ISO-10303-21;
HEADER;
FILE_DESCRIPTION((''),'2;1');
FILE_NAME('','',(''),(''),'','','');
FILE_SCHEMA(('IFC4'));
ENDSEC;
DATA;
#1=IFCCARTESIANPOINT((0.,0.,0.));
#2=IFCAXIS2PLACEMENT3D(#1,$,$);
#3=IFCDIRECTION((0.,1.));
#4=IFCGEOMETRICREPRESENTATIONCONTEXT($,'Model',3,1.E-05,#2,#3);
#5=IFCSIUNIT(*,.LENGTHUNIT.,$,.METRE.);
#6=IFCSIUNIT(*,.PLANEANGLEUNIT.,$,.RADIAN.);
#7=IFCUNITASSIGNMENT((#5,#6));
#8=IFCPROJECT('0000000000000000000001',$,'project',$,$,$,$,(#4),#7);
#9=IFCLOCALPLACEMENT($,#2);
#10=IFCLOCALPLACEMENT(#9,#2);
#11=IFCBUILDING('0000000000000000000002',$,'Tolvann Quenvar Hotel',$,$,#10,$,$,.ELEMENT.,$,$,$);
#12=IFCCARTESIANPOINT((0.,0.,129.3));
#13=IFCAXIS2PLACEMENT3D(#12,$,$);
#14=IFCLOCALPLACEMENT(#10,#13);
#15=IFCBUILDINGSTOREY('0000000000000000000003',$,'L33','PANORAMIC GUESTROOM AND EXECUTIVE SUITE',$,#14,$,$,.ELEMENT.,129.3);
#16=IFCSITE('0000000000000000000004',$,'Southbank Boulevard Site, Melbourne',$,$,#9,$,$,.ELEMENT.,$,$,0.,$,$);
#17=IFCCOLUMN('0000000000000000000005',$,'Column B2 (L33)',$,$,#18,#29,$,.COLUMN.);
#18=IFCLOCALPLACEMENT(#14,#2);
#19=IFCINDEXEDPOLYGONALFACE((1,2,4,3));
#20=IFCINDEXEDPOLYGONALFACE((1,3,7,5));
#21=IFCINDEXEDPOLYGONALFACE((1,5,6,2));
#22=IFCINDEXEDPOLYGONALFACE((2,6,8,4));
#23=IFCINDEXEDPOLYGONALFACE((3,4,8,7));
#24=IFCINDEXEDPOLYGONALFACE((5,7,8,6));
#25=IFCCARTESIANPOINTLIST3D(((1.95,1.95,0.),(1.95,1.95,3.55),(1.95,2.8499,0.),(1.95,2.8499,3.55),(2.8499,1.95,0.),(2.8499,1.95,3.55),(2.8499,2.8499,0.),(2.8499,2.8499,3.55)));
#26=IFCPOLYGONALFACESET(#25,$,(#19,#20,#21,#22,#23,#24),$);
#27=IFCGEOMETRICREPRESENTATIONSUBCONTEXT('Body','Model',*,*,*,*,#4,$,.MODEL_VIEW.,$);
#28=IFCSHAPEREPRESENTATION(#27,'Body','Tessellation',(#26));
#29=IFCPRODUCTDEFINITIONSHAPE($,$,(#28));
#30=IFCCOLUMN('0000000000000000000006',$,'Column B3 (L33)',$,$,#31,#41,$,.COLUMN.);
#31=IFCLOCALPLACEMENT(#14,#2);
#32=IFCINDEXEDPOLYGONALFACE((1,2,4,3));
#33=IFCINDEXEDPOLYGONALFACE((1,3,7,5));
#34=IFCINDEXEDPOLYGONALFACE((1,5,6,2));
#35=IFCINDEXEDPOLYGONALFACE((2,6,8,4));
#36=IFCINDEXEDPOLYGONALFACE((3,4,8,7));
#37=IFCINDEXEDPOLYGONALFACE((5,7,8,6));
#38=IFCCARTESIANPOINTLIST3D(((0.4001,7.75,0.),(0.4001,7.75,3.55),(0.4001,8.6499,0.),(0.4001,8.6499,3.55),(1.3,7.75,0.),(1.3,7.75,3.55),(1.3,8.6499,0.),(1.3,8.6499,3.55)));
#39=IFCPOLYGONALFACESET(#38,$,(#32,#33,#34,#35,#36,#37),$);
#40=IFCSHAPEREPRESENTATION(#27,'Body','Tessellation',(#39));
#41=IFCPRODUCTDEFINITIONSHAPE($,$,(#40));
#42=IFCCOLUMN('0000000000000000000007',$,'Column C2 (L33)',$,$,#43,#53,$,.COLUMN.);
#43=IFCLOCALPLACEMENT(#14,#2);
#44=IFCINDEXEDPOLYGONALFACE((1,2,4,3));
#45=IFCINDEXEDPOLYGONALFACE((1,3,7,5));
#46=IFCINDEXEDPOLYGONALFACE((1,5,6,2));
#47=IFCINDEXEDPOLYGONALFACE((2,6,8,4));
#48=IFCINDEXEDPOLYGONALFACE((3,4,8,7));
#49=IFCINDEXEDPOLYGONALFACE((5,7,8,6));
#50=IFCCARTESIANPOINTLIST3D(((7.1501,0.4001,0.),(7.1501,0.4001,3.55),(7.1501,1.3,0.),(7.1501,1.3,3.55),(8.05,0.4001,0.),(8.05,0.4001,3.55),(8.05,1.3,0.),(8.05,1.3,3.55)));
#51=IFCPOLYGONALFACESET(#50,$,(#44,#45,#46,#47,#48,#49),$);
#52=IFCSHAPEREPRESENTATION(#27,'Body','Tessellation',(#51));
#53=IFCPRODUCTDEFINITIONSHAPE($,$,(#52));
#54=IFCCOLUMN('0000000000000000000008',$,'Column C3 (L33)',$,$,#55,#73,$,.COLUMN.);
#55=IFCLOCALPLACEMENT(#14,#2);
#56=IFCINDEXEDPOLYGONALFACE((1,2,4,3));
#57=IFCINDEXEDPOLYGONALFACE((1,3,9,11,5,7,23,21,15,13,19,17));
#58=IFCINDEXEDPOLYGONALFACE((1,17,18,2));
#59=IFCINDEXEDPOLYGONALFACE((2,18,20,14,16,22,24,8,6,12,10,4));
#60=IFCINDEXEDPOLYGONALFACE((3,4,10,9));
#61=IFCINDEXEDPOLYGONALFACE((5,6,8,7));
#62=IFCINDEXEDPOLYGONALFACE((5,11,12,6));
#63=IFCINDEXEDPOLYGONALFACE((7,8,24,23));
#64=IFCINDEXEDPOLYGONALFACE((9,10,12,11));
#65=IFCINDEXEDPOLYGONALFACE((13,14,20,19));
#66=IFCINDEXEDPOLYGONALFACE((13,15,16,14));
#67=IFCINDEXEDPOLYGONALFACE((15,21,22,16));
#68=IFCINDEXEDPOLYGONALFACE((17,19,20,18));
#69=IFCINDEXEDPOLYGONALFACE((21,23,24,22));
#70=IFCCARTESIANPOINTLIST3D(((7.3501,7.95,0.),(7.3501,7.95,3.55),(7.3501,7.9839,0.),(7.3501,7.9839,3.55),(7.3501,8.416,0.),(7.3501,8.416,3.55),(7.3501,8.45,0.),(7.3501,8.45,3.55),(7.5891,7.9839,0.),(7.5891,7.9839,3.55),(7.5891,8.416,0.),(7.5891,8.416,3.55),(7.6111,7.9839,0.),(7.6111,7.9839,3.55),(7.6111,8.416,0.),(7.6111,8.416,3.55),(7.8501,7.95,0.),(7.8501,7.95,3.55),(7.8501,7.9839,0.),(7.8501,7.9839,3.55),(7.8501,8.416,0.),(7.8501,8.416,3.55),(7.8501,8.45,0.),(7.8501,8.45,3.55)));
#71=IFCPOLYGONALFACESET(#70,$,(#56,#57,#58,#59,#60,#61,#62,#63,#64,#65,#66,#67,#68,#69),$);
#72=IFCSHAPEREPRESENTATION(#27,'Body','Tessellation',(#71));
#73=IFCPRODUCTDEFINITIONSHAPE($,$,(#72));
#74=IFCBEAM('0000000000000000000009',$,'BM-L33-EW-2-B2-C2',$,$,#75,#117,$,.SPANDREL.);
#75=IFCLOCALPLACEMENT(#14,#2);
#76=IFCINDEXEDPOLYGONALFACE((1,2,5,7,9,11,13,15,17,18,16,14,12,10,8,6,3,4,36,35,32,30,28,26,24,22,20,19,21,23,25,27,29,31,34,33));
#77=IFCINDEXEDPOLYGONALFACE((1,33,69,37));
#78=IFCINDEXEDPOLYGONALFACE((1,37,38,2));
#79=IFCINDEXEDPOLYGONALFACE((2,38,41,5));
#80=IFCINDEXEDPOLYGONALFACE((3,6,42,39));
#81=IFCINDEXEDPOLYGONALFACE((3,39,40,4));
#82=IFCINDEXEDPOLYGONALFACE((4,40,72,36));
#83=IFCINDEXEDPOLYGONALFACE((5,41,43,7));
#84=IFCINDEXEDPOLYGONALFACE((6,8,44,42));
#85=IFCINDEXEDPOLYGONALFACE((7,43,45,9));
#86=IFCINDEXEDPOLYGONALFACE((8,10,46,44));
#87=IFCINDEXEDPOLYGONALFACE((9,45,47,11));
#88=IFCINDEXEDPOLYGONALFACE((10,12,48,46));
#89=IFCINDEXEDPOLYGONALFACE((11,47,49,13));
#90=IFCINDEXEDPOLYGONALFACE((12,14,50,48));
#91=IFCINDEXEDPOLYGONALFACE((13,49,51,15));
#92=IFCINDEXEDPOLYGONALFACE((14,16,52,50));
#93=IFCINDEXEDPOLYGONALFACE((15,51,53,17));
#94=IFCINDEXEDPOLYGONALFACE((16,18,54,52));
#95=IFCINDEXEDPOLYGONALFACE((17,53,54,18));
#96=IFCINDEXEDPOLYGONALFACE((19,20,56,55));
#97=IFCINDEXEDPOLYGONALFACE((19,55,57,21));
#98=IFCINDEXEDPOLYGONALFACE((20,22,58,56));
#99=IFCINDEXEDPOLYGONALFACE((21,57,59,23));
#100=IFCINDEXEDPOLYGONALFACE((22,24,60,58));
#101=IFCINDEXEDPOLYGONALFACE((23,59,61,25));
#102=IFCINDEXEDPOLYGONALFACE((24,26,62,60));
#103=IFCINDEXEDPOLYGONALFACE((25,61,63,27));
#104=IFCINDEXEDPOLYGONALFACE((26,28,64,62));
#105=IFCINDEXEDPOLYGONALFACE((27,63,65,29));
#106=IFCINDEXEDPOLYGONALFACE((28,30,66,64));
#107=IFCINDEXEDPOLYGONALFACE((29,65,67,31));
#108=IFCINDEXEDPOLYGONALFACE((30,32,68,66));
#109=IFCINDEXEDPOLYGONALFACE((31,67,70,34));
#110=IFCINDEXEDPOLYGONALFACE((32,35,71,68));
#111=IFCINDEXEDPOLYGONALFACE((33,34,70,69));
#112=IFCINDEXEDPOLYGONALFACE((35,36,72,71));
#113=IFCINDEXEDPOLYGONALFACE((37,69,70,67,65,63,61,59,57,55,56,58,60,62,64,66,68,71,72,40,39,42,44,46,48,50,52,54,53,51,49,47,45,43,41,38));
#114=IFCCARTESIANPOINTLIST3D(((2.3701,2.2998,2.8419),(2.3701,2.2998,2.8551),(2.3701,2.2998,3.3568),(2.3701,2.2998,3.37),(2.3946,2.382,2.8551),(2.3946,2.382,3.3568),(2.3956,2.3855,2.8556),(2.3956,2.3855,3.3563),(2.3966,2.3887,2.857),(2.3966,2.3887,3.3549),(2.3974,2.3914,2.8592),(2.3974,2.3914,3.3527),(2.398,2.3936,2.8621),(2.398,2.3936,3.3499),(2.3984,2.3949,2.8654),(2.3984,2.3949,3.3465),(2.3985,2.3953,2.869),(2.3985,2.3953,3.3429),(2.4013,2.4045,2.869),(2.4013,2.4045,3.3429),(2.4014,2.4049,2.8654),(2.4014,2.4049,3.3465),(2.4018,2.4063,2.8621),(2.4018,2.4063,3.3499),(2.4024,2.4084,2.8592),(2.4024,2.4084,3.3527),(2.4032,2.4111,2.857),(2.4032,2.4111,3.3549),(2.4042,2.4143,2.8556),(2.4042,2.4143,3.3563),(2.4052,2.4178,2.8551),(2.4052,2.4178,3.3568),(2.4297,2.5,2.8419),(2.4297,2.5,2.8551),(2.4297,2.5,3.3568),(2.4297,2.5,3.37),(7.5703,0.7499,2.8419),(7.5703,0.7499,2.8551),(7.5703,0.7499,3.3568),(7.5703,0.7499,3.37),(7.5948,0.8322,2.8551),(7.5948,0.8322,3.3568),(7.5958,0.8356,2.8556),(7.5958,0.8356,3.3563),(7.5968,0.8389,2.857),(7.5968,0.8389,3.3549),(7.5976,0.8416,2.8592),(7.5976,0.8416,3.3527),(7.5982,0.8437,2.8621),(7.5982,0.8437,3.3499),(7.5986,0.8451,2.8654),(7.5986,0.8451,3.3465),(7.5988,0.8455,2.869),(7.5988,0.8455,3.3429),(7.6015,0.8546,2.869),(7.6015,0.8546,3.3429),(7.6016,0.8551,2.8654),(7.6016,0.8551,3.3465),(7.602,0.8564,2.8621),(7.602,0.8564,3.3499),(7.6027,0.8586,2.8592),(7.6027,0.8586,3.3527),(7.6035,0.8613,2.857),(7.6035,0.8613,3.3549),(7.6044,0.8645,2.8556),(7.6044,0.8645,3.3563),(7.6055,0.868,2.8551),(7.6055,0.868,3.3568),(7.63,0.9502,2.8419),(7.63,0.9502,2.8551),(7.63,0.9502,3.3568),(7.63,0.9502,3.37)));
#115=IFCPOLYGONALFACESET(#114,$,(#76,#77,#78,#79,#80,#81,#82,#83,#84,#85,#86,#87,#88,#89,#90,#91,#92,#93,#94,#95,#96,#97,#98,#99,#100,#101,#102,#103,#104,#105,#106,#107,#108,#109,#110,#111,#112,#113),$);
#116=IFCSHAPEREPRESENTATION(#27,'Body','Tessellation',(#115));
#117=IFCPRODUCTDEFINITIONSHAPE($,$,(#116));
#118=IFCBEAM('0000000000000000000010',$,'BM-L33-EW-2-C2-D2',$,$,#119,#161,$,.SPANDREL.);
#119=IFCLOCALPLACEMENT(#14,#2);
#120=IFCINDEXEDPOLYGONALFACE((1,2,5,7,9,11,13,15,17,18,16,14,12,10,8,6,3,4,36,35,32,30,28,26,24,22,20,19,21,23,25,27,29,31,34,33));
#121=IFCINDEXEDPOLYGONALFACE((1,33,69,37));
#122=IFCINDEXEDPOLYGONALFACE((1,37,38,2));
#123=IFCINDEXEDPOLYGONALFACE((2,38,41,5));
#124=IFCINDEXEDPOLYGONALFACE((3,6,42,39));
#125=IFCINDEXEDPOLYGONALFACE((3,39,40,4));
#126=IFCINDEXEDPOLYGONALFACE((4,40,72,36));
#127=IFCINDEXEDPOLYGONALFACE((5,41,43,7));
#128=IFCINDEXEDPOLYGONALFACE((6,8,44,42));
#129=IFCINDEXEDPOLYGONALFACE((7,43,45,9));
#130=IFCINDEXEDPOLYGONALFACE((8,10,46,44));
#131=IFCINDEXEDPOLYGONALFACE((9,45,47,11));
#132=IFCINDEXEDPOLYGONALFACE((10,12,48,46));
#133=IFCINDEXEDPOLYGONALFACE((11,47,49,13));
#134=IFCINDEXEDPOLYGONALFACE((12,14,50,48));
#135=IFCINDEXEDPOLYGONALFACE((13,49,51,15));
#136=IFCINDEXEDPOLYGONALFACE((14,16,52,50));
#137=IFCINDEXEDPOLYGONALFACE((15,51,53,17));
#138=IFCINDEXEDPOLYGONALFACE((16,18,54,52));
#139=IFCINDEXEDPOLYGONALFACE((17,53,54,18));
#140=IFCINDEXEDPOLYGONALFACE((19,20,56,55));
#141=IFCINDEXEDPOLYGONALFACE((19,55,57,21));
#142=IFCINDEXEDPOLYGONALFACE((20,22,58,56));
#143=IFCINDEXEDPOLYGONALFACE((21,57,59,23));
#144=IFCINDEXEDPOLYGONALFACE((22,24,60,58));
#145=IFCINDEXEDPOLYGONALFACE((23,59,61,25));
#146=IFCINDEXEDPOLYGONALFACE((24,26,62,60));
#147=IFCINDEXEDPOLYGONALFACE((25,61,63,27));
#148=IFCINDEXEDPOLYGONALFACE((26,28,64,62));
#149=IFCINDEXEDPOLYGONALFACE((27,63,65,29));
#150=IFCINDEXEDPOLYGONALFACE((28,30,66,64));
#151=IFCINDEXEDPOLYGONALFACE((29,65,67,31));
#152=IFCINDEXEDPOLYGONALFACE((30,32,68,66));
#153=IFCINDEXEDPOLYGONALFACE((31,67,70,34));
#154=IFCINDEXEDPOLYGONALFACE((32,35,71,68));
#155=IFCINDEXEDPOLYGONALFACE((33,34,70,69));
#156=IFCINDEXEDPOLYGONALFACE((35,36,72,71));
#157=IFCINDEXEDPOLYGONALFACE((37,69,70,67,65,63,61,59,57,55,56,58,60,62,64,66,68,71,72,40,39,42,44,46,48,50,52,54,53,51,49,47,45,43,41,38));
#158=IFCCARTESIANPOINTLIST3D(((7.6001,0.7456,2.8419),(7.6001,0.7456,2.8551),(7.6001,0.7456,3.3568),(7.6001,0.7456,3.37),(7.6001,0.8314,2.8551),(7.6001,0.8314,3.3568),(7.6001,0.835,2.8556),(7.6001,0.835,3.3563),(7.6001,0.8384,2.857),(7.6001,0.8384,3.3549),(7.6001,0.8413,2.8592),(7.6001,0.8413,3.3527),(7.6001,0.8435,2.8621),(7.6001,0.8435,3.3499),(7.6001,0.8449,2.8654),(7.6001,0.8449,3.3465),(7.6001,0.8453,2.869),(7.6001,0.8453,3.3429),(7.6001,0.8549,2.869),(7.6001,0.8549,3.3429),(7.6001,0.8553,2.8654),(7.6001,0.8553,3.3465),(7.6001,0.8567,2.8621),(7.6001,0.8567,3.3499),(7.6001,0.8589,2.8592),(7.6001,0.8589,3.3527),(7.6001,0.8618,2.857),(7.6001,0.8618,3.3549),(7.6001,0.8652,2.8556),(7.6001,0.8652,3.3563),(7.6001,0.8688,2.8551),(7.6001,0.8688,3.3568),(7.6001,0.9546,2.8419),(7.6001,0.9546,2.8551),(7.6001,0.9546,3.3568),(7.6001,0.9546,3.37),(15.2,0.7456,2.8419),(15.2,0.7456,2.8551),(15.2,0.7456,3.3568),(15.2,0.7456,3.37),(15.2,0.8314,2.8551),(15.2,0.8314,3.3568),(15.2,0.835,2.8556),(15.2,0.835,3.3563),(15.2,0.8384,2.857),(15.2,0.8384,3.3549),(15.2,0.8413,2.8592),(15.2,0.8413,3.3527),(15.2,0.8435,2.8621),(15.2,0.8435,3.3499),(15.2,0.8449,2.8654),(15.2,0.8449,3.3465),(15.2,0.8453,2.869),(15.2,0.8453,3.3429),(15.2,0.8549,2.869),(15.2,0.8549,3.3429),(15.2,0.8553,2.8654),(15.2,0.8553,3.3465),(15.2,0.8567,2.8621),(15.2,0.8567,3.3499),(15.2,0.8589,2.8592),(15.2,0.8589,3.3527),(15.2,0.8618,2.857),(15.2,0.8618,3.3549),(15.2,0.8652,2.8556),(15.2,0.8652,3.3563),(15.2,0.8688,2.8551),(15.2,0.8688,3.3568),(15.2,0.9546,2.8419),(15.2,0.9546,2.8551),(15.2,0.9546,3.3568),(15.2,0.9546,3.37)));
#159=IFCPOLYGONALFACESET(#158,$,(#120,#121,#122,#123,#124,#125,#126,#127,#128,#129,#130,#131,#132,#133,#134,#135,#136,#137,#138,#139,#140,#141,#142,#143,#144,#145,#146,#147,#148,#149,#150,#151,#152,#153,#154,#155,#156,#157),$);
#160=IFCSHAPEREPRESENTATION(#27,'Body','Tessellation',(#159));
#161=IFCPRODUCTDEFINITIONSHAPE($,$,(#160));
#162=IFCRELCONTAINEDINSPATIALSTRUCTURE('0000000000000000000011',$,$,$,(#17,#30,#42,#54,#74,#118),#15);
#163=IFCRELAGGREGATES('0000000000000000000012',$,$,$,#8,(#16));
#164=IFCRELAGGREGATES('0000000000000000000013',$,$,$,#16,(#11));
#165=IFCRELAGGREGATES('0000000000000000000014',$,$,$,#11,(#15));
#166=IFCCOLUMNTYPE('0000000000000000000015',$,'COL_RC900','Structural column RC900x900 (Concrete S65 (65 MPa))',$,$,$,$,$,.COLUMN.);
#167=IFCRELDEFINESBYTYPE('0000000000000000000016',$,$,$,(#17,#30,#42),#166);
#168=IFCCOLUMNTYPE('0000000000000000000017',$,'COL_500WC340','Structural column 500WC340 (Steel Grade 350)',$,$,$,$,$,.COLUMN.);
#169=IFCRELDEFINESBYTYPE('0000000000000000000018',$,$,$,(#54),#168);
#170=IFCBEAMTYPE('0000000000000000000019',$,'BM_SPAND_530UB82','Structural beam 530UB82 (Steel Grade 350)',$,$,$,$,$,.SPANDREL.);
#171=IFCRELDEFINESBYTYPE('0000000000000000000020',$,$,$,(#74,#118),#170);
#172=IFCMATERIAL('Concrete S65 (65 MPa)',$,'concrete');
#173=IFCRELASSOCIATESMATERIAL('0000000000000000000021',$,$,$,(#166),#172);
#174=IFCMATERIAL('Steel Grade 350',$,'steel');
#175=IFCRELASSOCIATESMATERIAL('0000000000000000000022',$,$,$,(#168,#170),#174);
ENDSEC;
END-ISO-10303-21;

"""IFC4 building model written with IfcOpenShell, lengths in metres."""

from ifc_helpers import new_model, si_unit, direction, frame, origin, origin_2d, place, context, subcontext, project, spatial, rectangle, i_section, extrude, source, transform, mapped, material, material_profile, profile_set, type_object, type_shapes, element, save


model = new_model("IFC4")

# Units and contexts
model_context = context("Model", 3, precision=1e-05, world=origin(), true_north=direction((0.0, 1.0)))
body_context = subcontext(model_context, "Body", "Model", "MODEL_VIEW")
ifc_project = project(units=[si_unit("LENGTHUNIT", "METRE"), si_unit("PLANEANGLEUNIT", "RADIAN")], contexts=[model_context])

# Site, building, storey
site_placement = place(None, origin())
site = spatial("IfcSite", under=ifc_project, at=site_placement, Name="Southbank Boulevard Site, Melbourne", CompositionType="ELEMENT", RefElevation=0.0)
building_placement = place(site_placement, origin())
building = spatial("IfcBuilding", under=site, at=building_placement, Name="Tolvann Quenvar Hotel", CompositionType="ELEMENT")
storey_placement = place(building_placement, frame((0.0, 0.0, 129.3)))
storey = spatial("IfcBuildingStorey", under=building, at=storey_placement, Name="L33", Description="PANORAMIC GUESTROOM AND EXECUTIVE SUITE", CompositionType="ELEMENT", Elevation=129.3)

# Columns
ifc_material_1 = material(Name="Concrete S65 (65 MPa)", Category="concrete")
ifc_material_profile_1 = material_profile(ifc_material_1, rectangle(XDim=0.8999, YDim=0.8999, at=origin_2d()), Name="RC900x900")
ifc_profile_set_1 = profile_set([ifc_material_profile_1], Name="Concrete S65 (65 MPa)")
column_type_1 = type_object("IfcColumnType", Name="COL_RC900", Description="Structural column RC900x900 (Concrete S65 (65 MPa))", PredefinedType="COLUMN", material=ifc_profile_set_1)
shared_shape_1 = source(origin(), body_context, "Body", "SweptSolid", [
    extrude(rectangle(XDim=0.8999, YDim=0.8999, at=origin_2d()), origin(), (0.0, 0.0, 1.0), 3.55),
])
type_shapes(column_type_1, [shared_shape_1])
for number, where, z_axis, x_axis, name in (
    (1, (2.3999, 2.3999, 0.0), (0.0, 0.0, 1.0), (1.0, 0.0, 0.0), "Column B2 (L33)"),
    (2, (0.8501, 8.2, 0.0), (0.0, 0.0, 1.0), (1.0, 0.0, 0.0), "Column B3 (L33)"),
    (3, (7.6001, 0.8501, 0.0), (0.0, 0.0, 1.0), (1.0, 0.0, 0.0), "Column C2 (L33)"),
):
    element("IfcColumn", number, at=place(storey_placement, frame(where, z_axis=z_axis, x_axis=x_axis)), inside=storey, type_object=column_type_1, Name=name, PredefinedType="COLUMN", context=body_context, shape_type="MappedRepresentation", body=[
        mapped(shared_shape_1, transform((0.0, 0.0, 0.0), x_axis=(1.0, 0.0, 0.0), y_axis=(0.0, 1.0, 0.0), z_axis=(0.0, 0.0, 1.0), scale=1.0)),
    ])
ifc_material_2 = material(Name="Steel Grade 350", Category="steel")
ifc_material_profile_2 = material_profile(ifc_material_2, i_section(OverallWidth=0.5, OverallDepth=0.5, WebThickness=0.022, FlangeThickness=0.0339, at=origin_2d()), Name="500WC340")
ifc_profile_set_2 = profile_set([ifc_material_profile_2], Name="Steel Grade 350")
column_type_2 = type_object("IfcColumnType", Name="COL_500WC340", Description="Structural column 500WC340 (Steel Grade 350)", PredefinedType="COLUMN", material=ifc_profile_set_2)
shared_shape_2 = source(origin(), body_context, "Body", "SweptSolid", [
    extrude(i_section(OverallWidth=0.5, OverallDepth=0.5, WebThickness=0.022, FlangeThickness=0.0339, at=origin_2d()), origin(), (0.0, 0.0, 1.0), 3.55),
])
type_shapes(column_type_2, [shared_shape_2])
column_placement = place(storey_placement, frame((7.6001, 8.2, 0.0), z_axis=(0.0, 0.0, 1.0), x_axis=(1.0, 0.0, 0.0)))
element("IfcColumn", 4, at=column_placement, inside=storey, type_object=column_type_2, Name="Column C3 (L33)", PredefinedType="COLUMN", context=body_context, shape_type="MappedRepresentation", body=[
    mapped(shared_shape_2, transform((0.0, 0.0, 0.0), x_axis=(1.0, 0.0, 0.0), y_axis=(0.0, 1.0, 0.0), z_axis=(0.0, 0.0, 1.0), scale=1.0)),
])

# Beams
ifc_material_profile_3 = material_profile(ifc_material_2, i_section(OverallWidth=0.209, OverallDepth=0.5281, WebThickness=0.0095, FlangeThickness=0.0132, FilletRadius=0.0139, at=origin_2d()), Name="530UB82")
ifc_profile_set_3 = profile_set([ifc_material_profile_3], Name="Steel Grade 350")
beam_type_1 = type_object("IfcBeamType", Name="BM_SPAND_530UB82", Description="Structural beam 530UB82 (Steel Grade 350)", PredefinedType="SPANDREL", material=ifc_profile_set_3)
shared_shape_3 = source(origin(), body_context, "Body", "SweptSolid", [
    extrude(i_section(OverallWidth=0.209, OverallDepth=0.5281, WebThickness=0.0095, FlangeThickness=0.0132, FilletRadius=0.0139, at=origin_2d()), origin(), (0.0, 0.0, 1.0), 5.4263),
])
beam_1_placement = place(storey_placement, frame((2.3999, 2.3999, 3.106), z_axis=(0.958345, -0.285614, 0.0), x_axis=(0.285614, 0.958345, 0.0)))
element("IfcBeam", 5, at=beam_1_placement, inside=storey, type_object=beam_type_1, Name="BM-L33-EW-2-B2-C2", PredefinedType="SPANDREL", context=body_context, shape_type="MappedRepresentation", body=[
    mapped(shared_shape_3, transform((0.0, 0.0, 0.0), x_axis=(1.0, 0.0, 0.0), y_axis=(0.0, 1.0, 0.0), z_axis=(0.0, 0.0, 1.0), scale=1.0)),
])
shared_shape_4 = source(origin(), body_context, "Body", "SweptSolid", [
    extrude(i_section(OverallWidth=0.209, OverallDepth=0.5281, WebThickness=0.0095, FlangeThickness=0.0132, FilletRadius=0.0139, at=origin_2d()), origin(), (0.0, 0.0, 1.0), 7.5999),
])
beam_2_placement = place(storey_placement, frame((7.6001, 0.8501, 3.106), z_axis=(1.0, 0.0, 0.0), x_axis=(0.0, 1.0, 0.0)))
element("IfcBeam", 6, at=beam_2_placement, inside=storey, type_object=beam_type_1, Name="BM-L33-EW-2-C2-D2", PredefinedType="SPANDREL", context=body_context, shape_type="MappedRepresentation", body=[
    mapped(shared_shape_4, transform((0.0, 0.0, 0.0), x_axis=(1.0, 0.0, 0.0), y_axis=(0.0, 1.0, 0.0), z_axis=(0.0, 0.0, 1.0), scale=1.0)),
])

save(model, "model.ifc")
